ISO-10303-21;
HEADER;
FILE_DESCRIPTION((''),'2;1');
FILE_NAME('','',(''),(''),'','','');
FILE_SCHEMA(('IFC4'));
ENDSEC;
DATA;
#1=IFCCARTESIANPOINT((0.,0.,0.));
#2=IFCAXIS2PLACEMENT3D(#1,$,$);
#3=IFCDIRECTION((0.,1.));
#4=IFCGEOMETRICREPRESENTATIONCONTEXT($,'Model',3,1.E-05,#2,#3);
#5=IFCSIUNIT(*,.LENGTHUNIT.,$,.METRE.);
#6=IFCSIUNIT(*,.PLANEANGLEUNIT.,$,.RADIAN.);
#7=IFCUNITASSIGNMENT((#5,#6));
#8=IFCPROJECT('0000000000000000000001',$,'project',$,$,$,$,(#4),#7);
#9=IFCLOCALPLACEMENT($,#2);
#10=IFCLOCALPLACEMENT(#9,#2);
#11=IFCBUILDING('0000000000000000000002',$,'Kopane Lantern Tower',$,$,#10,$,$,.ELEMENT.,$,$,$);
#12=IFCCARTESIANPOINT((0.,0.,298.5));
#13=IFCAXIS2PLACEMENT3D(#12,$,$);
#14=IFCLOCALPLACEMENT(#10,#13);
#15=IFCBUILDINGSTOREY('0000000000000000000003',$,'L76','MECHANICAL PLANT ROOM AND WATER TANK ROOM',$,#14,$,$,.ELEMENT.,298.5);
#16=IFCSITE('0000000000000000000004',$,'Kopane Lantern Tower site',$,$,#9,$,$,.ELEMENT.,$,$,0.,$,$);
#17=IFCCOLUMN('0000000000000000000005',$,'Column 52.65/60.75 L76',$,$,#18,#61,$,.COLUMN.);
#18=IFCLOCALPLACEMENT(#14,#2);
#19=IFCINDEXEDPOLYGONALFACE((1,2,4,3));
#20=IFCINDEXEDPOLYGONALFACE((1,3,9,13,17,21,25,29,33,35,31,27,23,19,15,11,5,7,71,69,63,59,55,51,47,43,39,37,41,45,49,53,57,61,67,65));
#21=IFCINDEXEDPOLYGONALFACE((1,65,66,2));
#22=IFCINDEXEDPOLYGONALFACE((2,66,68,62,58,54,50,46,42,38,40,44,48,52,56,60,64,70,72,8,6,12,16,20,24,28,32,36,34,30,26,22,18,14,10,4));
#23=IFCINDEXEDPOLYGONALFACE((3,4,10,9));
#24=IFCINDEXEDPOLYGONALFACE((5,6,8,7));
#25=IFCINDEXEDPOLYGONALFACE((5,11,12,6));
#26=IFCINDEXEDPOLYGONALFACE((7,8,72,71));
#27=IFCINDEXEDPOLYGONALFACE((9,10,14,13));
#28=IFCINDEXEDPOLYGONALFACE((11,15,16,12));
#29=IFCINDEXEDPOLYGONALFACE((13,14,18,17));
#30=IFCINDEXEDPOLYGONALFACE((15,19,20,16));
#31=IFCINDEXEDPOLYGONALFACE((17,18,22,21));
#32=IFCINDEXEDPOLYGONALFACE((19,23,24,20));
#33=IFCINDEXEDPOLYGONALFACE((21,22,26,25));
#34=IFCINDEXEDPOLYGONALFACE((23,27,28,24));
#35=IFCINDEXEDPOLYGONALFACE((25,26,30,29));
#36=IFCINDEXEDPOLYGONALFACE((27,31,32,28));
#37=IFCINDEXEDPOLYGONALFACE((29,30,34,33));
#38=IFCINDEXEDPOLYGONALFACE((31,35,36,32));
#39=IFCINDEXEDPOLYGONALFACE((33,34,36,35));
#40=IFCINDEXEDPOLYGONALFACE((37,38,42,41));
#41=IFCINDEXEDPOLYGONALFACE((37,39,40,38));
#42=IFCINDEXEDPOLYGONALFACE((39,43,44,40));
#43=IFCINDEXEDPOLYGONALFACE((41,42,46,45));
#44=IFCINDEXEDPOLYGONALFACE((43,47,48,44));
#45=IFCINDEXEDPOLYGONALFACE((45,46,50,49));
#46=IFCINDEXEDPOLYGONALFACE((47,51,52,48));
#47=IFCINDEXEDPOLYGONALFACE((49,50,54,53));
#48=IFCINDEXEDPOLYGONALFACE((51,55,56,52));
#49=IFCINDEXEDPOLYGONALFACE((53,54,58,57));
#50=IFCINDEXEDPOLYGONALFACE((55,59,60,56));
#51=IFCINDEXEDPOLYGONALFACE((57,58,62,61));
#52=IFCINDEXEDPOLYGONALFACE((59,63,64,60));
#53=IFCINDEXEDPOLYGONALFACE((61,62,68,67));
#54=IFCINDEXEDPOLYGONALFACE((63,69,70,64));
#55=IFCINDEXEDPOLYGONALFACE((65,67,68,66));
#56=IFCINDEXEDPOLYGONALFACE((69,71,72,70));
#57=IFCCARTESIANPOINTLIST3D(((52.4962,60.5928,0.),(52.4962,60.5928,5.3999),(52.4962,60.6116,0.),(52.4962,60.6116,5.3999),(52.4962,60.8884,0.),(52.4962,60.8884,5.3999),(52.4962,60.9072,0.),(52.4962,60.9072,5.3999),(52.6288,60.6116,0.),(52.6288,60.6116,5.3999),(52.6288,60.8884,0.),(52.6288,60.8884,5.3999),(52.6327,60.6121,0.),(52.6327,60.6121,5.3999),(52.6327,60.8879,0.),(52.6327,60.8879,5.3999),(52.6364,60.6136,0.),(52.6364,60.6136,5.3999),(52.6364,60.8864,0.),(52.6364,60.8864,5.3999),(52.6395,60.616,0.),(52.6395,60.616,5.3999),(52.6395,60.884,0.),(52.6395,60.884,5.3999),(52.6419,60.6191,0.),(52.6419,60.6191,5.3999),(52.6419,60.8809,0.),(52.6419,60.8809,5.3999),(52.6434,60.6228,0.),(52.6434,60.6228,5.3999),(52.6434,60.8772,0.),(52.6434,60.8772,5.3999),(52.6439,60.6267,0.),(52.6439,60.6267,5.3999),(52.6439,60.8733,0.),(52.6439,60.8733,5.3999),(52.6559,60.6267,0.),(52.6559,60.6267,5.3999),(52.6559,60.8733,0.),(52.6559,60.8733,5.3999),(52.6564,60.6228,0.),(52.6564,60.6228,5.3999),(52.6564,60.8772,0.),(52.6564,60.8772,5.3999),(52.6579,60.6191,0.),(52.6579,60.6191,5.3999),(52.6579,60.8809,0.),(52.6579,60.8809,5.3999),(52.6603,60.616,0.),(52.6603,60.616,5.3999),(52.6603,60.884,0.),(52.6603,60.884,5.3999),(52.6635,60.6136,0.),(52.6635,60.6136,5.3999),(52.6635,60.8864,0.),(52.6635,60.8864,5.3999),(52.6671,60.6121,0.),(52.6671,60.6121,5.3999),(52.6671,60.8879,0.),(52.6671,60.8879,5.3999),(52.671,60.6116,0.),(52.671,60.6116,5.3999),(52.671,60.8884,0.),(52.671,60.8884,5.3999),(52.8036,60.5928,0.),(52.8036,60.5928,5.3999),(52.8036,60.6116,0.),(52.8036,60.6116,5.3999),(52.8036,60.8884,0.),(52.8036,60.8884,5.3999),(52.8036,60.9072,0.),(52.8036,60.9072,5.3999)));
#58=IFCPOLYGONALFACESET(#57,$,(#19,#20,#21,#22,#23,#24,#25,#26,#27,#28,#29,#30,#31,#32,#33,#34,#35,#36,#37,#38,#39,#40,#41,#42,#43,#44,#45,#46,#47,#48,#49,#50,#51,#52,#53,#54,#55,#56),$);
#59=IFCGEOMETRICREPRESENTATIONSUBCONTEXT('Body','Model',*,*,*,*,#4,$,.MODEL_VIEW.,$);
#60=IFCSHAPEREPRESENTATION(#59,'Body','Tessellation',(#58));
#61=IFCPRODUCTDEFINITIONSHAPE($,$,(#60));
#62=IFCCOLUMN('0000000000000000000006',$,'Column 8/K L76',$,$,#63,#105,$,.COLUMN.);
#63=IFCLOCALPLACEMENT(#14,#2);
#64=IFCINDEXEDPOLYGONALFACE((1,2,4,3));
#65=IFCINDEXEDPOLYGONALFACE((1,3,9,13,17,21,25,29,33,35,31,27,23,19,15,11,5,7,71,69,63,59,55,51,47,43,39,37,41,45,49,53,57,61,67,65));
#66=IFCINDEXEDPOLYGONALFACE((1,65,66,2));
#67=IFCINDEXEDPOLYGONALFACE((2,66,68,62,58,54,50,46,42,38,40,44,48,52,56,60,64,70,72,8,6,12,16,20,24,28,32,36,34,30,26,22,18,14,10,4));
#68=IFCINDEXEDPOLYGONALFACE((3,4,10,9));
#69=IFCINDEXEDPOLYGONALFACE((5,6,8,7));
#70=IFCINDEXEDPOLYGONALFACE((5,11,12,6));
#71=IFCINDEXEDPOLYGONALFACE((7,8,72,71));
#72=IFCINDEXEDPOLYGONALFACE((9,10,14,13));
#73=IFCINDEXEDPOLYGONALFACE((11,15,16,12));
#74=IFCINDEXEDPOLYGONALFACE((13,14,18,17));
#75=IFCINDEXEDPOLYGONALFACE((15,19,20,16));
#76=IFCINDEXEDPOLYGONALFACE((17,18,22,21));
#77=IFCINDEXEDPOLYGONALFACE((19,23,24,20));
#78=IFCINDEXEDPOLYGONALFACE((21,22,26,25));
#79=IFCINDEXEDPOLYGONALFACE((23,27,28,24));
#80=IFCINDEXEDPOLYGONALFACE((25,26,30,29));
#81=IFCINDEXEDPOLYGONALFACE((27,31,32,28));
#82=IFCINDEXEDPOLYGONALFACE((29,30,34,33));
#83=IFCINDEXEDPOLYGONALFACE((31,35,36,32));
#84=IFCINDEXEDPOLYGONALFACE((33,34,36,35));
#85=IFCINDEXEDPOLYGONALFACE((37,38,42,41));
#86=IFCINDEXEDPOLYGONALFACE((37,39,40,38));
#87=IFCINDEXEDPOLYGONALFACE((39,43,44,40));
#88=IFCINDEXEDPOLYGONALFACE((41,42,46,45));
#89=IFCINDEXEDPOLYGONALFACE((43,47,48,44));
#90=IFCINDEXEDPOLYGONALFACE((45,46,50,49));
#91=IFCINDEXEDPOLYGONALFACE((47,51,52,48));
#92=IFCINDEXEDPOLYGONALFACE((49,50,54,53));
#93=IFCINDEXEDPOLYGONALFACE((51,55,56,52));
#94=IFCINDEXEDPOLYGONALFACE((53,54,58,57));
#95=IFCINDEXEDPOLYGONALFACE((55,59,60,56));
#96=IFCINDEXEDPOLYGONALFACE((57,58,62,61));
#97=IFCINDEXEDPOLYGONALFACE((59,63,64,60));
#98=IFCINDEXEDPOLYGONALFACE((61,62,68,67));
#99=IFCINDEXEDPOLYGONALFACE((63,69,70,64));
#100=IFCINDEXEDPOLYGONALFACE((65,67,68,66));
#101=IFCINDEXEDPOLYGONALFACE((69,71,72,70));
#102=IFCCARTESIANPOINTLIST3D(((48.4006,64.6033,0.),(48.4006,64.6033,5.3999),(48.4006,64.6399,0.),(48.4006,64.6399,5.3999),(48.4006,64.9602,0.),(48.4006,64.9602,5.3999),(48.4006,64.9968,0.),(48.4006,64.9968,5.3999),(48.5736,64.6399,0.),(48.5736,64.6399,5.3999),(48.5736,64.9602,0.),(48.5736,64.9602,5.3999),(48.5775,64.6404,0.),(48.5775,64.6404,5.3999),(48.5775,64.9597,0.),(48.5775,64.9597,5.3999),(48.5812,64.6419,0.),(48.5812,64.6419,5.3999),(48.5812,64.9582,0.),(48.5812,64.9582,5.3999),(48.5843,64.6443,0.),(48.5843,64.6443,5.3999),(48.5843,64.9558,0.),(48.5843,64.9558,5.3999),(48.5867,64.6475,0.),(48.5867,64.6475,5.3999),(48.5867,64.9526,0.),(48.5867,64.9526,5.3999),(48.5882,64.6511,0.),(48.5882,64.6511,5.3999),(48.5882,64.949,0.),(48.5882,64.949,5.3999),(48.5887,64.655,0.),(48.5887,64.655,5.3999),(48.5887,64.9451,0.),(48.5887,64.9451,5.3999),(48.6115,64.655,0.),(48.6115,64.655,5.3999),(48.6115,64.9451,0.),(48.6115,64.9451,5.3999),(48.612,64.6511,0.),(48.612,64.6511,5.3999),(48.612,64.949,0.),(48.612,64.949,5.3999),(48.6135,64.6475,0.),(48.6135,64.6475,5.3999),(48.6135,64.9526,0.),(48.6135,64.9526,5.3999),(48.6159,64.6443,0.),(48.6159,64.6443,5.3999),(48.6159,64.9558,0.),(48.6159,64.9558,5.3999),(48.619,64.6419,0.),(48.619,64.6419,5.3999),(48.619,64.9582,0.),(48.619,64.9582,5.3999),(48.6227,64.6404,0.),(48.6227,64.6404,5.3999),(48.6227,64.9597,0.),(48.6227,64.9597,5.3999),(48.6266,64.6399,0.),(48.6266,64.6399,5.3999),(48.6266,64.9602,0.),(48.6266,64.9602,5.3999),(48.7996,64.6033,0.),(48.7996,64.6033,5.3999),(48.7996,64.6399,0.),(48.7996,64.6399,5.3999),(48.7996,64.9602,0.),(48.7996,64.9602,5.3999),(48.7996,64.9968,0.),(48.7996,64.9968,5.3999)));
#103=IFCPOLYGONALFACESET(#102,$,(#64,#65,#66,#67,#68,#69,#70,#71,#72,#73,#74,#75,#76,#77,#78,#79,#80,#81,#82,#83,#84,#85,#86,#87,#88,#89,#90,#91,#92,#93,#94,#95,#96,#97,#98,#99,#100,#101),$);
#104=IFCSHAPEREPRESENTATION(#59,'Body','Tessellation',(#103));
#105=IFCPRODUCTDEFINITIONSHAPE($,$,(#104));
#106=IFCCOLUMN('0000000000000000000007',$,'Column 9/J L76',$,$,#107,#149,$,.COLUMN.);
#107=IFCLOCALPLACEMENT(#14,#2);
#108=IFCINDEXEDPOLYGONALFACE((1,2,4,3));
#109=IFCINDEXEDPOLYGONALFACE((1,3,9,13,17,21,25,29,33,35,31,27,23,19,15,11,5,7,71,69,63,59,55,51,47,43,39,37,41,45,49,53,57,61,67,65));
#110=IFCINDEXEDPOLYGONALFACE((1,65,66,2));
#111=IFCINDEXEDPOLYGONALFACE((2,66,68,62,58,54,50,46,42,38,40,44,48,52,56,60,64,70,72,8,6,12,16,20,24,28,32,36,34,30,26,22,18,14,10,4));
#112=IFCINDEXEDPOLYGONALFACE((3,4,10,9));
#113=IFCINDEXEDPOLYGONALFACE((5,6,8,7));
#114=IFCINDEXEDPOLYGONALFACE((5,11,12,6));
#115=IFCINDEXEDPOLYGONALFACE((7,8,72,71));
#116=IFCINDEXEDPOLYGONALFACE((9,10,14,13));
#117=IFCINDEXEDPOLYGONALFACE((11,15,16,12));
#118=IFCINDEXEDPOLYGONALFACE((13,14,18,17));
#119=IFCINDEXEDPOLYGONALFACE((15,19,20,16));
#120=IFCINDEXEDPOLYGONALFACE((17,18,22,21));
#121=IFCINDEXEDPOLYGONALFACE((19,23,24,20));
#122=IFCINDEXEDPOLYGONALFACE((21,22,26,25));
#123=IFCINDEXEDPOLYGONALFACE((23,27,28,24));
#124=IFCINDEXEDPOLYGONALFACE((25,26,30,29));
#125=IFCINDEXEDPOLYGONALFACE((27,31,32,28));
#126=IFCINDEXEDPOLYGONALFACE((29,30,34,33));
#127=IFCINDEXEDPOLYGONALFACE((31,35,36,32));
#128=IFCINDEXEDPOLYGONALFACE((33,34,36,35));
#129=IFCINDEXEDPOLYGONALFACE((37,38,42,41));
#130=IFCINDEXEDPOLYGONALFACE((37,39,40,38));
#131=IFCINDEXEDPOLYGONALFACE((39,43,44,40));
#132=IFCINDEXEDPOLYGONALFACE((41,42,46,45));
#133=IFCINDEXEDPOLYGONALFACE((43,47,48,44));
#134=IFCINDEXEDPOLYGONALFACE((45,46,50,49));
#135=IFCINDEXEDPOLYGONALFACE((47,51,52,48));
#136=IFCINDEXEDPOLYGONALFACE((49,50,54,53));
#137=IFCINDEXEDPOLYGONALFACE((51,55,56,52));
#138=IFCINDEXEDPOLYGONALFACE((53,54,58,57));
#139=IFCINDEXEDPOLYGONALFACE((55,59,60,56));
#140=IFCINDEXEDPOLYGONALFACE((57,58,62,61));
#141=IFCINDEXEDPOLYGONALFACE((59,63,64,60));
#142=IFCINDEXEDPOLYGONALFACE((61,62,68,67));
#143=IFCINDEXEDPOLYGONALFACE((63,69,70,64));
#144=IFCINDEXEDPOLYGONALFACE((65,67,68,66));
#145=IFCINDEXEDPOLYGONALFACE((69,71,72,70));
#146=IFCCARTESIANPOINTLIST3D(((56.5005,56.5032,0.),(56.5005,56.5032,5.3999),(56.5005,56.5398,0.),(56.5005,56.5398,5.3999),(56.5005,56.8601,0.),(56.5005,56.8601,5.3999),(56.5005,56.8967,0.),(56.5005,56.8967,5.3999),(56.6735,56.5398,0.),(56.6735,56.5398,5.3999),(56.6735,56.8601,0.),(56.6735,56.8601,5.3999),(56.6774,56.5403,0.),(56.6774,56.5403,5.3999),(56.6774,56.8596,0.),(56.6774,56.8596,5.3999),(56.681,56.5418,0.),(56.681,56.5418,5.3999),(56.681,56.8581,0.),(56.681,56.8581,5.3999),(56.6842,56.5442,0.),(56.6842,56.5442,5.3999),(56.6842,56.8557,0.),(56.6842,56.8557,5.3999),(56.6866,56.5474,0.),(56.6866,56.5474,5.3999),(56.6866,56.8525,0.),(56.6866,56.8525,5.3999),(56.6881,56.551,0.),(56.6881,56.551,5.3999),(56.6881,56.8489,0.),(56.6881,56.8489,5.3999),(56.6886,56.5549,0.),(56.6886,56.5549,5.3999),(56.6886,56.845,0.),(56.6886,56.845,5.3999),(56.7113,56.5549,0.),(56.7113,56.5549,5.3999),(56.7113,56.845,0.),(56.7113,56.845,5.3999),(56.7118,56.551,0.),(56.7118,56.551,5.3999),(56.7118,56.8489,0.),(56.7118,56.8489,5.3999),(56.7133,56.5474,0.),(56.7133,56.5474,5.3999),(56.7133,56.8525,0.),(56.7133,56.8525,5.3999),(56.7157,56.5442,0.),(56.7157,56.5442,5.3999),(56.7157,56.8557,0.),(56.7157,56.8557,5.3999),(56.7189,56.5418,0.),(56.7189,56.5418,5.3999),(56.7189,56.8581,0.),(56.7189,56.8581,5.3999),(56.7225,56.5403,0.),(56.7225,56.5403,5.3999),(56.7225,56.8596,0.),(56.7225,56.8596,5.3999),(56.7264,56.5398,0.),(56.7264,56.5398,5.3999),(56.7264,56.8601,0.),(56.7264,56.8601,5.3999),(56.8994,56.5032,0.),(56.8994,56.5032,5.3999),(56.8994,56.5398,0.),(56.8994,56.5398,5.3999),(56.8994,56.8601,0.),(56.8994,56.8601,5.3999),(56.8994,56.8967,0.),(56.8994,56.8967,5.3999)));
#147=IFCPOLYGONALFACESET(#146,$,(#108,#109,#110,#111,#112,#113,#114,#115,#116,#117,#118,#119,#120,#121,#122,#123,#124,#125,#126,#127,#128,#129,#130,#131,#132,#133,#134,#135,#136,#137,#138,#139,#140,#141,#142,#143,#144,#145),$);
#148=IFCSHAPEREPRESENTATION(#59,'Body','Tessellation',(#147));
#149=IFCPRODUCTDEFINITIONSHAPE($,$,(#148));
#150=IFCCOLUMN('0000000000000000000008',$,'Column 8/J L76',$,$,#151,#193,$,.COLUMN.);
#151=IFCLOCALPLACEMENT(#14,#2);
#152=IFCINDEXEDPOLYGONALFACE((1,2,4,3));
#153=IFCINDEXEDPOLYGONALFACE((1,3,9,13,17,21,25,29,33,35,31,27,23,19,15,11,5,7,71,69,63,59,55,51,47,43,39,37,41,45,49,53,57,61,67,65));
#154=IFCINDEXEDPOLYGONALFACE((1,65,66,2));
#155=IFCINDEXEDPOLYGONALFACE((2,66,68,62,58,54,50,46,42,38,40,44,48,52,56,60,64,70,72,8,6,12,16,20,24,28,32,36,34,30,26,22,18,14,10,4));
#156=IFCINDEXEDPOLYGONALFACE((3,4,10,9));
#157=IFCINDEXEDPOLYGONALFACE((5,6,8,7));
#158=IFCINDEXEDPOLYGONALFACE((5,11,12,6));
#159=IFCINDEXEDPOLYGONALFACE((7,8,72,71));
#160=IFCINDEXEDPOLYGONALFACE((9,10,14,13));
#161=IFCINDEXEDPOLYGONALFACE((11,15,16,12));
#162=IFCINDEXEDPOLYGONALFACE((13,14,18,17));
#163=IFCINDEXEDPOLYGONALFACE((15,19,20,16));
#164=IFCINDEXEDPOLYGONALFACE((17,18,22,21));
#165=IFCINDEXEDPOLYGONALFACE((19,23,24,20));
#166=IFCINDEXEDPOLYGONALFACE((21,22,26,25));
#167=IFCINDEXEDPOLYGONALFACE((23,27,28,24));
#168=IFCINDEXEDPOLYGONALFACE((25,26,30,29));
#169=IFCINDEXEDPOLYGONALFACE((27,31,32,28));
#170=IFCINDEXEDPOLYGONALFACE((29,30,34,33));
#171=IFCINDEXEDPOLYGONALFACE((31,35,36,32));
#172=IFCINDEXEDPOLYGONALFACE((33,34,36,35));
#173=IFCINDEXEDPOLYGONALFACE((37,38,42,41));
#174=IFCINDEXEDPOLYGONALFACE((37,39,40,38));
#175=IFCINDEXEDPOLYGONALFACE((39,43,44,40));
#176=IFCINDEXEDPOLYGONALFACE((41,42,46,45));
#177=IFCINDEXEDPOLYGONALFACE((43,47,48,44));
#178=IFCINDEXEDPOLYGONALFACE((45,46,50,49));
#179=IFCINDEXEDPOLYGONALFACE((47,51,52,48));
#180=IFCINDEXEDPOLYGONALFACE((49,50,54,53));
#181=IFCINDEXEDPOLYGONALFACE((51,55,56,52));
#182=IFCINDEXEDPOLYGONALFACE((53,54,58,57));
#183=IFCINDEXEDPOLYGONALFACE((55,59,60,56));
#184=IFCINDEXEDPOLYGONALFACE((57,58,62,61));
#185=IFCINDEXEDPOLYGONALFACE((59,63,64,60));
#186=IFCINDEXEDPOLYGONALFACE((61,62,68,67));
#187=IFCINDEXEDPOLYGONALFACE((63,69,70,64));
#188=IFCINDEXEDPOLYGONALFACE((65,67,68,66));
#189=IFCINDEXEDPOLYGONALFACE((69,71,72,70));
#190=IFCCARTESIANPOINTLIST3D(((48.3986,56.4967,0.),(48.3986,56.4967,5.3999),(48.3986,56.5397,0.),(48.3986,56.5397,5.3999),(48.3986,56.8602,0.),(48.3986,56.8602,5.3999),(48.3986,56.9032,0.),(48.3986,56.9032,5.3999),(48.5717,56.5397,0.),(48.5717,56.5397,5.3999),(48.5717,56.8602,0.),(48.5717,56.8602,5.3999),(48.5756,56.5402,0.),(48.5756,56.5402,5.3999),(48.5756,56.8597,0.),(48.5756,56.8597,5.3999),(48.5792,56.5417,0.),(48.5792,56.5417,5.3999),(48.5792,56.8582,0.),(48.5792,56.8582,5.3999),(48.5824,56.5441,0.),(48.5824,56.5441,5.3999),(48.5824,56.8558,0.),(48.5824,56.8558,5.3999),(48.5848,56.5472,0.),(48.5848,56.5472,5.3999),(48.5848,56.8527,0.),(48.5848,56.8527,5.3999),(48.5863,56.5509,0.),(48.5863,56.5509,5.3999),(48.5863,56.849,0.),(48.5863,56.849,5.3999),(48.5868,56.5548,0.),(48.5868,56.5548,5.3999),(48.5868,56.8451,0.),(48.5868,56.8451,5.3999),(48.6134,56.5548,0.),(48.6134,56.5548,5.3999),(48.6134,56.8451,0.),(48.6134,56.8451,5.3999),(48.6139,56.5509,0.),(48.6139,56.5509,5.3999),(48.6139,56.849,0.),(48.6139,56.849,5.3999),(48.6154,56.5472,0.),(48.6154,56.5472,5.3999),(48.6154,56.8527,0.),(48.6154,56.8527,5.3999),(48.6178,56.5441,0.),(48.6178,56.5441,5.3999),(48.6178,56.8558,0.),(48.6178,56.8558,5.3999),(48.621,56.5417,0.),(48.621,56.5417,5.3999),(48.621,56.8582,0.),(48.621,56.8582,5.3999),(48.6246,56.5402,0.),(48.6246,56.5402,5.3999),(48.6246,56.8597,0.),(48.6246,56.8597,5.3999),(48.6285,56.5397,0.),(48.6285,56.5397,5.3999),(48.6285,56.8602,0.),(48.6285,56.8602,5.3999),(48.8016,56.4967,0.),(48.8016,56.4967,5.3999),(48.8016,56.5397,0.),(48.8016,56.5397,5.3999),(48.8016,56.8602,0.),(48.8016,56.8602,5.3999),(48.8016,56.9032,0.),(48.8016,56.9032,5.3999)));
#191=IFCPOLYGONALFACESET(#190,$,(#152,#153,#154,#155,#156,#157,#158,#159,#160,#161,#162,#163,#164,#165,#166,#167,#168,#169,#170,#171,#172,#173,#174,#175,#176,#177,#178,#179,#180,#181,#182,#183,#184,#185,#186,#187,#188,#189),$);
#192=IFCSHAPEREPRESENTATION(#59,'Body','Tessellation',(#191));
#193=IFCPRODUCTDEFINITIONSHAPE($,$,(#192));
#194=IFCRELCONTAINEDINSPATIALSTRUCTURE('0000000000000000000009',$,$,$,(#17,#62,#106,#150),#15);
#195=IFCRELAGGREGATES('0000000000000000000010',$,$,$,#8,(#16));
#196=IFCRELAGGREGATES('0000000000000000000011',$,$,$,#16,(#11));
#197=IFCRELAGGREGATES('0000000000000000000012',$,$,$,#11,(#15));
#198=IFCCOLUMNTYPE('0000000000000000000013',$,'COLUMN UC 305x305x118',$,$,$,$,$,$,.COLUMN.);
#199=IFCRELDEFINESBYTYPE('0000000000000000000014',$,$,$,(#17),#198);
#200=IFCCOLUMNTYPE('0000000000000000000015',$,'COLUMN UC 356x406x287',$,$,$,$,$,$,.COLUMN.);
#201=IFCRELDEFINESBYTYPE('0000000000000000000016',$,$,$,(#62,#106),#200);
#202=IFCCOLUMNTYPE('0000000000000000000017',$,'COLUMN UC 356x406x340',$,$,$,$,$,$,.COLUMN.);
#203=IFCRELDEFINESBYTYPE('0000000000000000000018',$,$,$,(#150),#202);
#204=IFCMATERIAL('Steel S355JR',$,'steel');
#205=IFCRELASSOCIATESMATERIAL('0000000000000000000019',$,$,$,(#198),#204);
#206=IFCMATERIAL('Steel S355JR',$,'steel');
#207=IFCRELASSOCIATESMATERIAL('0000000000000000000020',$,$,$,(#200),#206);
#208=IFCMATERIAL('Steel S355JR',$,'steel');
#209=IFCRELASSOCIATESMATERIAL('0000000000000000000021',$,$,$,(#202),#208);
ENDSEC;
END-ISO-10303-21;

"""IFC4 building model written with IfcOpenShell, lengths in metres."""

from ifc_helpers import new_model, si_unit, direction, frame, origin, origin_2d, place, context, subcontext, project, spatial, i_section, extrude, material, material_profile, profile_set, type_object, element, save


model = new_model("IFC4")

# Units and contexts
model_context = context("Model", 3, precision=1e-05, world=origin(), true_north=direction((0.0, 1.0)))
body_context = subcontext(model_context, "Body", "Model", "MODEL_VIEW")
ifc_project = project(units=[si_unit("LENGTHUNIT", "METRE"), si_unit("PLANEANGLEUNIT", "RADIAN")], contexts=[model_context])

# Site, building, storey
site_placement = place(None, origin())
site = spatial("IfcSite", under=ifc_project, at=site_placement, Name="Kopane Lantern Tower site", CompositionType="ELEMENT", RefElevation=0.0)
building_placement = place(site_placement, origin())
building = spatial("IfcBuilding", under=site, at=building_placement, Name="Kopane Lantern Tower", CompositionType="ELEMENT")
storey_placement = place(building_placement, frame((0.0, 0.0, 298.5)))
storey = spatial("IfcBuildingStorey", under=building, at=storey_placement, Name="L76", Description="MECHANICAL PLANT ROOM AND WATER TANK ROOM", CompositionType="ELEMENT", Elevation=298.5)

# Columns
ifc_material_1 = material(Name="Steel S355JR", Category="steel")
ifc_material_profile_1 = material_profile(ifc_material_1, i_section(OverallWidth=0.3074, OverallDepth=0.3145, WebThickness=0.012, FlangeThickness=0.0188, FilletRadius=0.0151, at=origin_2d()), Name="UC 305x305x118")
ifc_profile_set_1 = profile_set([ifc_material_profile_1], Name="Steel S355JR")
column_type_1 = type_object("IfcColumnType", Name="COLUMN UC 305x305x118", PredefinedType="COLUMN", material=ifc_profile_set_1)
column_1_placement = place(storey_placement, frame((52.6499, 60.75, 0.0), z_axis=(0.0, 0.0, 1.0), x_axis=(1.0, 0.0, 0.0)))
element("IfcColumn", 1, at=column_1_placement, inside=storey, type_object=column_type_1, Name="Column 52.65/60.75 L76", PredefinedType="COLUMN", context=body_context, shape_type="SweptSolid", body=[
    extrude(i_section(OverallWidth=0.3074, OverallDepth=0.3145, WebThickness=0.012, FlangeThickness=0.0188, FilletRadius=0.0151, at=origin_2d()), origin(), (0.0, 0.0, 1.0), 5.3999),
])
ifc_material_2 = material(Name="Steel S355JR", Category="steel")
ifc_material_profile_2 = material_profile(ifc_material_2, i_section(OverallWidth=0.3989, OverallDepth=0.3936, WebThickness=0.0227, FlangeThickness=0.0366, FilletRadius=0.0151, at=origin_2d()), Name="UC 356x406x287")
ifc_profile_set_2 = profile_set([ifc_material_profile_2], Name="Steel S355JR")
column_type_2 = type_object("IfcColumnType", Name="COLUMN UC 356x406x287", PredefinedType="COLUMN", material=ifc_profile_set_2)
for number, where, z_axis, x_axis, name in (
    (2, (48.6001, 64.8, 0.0), (0.0, 0.0, 1.0), (1.0, 0.0, 0.0), "Column 8/K L76"),
    (3, (56.7, 56.7, 0.0), (0.0, 0.0, 1.0), (1.0, 0.0, 0.0), "Column 9/J L76"),
):
    element("IfcColumn", number, at=place(storey_placement, frame(where, z_axis=z_axis, x_axis=x_axis)), inside=storey, type_object=column_type_2, Name=name, PredefinedType="COLUMN", context=body_context, shape_type="SweptSolid", body=[
        extrude(i_section(OverallWidth=0.3989, OverallDepth=0.3936, WebThickness=0.0227, FlangeThickness=0.0366, FilletRadius=0.0151, at=origin_2d()), origin(), (0.0, 0.0, 1.0), 5.3999),
    ])
ifc_material_3 = material(Name="Steel S355JR", Category="steel")
ifc_material_profile_3 = material_profile(ifc_material_3, i_section(OverallWidth=0.4031, OverallDepth=0.4065, WebThickness=0.0266, FlangeThickness=0.043, FilletRadius=0.0151, at=origin_2d()), Name="UC 356x406x340")
ifc_profile_set_3 = profile_set([ifc_material_profile_3], Name="Steel S355JR")
column_type_3 = type_object("IfcColumnType", Name="COLUMN UC 356x406x340", PredefinedType="COLUMN", material=ifc_profile_set_3)
column_2_placement = place(storey_placement, frame((48.6001, 56.7, 0.0), z_axis=(0.0, 0.0, 1.0), x_axis=(1.0, 0.0, 0.0)))
element("IfcColumn", 4, at=column_2_placement, inside=storey, type_object=column_type_3, Name="Column 8/J L76", PredefinedType="COLUMN", context=body_context, shape_type="SweptSolid", body=[
    extrude(i_section(OverallWidth=0.4031, OverallDepth=0.4065, WebThickness=0.0266, FlangeThickness=0.043, FilletRadius=0.0151, at=origin_2d()), origin(), (0.0, 0.0, 1.0), 5.3999),
])

save(model, "model.ifc")
